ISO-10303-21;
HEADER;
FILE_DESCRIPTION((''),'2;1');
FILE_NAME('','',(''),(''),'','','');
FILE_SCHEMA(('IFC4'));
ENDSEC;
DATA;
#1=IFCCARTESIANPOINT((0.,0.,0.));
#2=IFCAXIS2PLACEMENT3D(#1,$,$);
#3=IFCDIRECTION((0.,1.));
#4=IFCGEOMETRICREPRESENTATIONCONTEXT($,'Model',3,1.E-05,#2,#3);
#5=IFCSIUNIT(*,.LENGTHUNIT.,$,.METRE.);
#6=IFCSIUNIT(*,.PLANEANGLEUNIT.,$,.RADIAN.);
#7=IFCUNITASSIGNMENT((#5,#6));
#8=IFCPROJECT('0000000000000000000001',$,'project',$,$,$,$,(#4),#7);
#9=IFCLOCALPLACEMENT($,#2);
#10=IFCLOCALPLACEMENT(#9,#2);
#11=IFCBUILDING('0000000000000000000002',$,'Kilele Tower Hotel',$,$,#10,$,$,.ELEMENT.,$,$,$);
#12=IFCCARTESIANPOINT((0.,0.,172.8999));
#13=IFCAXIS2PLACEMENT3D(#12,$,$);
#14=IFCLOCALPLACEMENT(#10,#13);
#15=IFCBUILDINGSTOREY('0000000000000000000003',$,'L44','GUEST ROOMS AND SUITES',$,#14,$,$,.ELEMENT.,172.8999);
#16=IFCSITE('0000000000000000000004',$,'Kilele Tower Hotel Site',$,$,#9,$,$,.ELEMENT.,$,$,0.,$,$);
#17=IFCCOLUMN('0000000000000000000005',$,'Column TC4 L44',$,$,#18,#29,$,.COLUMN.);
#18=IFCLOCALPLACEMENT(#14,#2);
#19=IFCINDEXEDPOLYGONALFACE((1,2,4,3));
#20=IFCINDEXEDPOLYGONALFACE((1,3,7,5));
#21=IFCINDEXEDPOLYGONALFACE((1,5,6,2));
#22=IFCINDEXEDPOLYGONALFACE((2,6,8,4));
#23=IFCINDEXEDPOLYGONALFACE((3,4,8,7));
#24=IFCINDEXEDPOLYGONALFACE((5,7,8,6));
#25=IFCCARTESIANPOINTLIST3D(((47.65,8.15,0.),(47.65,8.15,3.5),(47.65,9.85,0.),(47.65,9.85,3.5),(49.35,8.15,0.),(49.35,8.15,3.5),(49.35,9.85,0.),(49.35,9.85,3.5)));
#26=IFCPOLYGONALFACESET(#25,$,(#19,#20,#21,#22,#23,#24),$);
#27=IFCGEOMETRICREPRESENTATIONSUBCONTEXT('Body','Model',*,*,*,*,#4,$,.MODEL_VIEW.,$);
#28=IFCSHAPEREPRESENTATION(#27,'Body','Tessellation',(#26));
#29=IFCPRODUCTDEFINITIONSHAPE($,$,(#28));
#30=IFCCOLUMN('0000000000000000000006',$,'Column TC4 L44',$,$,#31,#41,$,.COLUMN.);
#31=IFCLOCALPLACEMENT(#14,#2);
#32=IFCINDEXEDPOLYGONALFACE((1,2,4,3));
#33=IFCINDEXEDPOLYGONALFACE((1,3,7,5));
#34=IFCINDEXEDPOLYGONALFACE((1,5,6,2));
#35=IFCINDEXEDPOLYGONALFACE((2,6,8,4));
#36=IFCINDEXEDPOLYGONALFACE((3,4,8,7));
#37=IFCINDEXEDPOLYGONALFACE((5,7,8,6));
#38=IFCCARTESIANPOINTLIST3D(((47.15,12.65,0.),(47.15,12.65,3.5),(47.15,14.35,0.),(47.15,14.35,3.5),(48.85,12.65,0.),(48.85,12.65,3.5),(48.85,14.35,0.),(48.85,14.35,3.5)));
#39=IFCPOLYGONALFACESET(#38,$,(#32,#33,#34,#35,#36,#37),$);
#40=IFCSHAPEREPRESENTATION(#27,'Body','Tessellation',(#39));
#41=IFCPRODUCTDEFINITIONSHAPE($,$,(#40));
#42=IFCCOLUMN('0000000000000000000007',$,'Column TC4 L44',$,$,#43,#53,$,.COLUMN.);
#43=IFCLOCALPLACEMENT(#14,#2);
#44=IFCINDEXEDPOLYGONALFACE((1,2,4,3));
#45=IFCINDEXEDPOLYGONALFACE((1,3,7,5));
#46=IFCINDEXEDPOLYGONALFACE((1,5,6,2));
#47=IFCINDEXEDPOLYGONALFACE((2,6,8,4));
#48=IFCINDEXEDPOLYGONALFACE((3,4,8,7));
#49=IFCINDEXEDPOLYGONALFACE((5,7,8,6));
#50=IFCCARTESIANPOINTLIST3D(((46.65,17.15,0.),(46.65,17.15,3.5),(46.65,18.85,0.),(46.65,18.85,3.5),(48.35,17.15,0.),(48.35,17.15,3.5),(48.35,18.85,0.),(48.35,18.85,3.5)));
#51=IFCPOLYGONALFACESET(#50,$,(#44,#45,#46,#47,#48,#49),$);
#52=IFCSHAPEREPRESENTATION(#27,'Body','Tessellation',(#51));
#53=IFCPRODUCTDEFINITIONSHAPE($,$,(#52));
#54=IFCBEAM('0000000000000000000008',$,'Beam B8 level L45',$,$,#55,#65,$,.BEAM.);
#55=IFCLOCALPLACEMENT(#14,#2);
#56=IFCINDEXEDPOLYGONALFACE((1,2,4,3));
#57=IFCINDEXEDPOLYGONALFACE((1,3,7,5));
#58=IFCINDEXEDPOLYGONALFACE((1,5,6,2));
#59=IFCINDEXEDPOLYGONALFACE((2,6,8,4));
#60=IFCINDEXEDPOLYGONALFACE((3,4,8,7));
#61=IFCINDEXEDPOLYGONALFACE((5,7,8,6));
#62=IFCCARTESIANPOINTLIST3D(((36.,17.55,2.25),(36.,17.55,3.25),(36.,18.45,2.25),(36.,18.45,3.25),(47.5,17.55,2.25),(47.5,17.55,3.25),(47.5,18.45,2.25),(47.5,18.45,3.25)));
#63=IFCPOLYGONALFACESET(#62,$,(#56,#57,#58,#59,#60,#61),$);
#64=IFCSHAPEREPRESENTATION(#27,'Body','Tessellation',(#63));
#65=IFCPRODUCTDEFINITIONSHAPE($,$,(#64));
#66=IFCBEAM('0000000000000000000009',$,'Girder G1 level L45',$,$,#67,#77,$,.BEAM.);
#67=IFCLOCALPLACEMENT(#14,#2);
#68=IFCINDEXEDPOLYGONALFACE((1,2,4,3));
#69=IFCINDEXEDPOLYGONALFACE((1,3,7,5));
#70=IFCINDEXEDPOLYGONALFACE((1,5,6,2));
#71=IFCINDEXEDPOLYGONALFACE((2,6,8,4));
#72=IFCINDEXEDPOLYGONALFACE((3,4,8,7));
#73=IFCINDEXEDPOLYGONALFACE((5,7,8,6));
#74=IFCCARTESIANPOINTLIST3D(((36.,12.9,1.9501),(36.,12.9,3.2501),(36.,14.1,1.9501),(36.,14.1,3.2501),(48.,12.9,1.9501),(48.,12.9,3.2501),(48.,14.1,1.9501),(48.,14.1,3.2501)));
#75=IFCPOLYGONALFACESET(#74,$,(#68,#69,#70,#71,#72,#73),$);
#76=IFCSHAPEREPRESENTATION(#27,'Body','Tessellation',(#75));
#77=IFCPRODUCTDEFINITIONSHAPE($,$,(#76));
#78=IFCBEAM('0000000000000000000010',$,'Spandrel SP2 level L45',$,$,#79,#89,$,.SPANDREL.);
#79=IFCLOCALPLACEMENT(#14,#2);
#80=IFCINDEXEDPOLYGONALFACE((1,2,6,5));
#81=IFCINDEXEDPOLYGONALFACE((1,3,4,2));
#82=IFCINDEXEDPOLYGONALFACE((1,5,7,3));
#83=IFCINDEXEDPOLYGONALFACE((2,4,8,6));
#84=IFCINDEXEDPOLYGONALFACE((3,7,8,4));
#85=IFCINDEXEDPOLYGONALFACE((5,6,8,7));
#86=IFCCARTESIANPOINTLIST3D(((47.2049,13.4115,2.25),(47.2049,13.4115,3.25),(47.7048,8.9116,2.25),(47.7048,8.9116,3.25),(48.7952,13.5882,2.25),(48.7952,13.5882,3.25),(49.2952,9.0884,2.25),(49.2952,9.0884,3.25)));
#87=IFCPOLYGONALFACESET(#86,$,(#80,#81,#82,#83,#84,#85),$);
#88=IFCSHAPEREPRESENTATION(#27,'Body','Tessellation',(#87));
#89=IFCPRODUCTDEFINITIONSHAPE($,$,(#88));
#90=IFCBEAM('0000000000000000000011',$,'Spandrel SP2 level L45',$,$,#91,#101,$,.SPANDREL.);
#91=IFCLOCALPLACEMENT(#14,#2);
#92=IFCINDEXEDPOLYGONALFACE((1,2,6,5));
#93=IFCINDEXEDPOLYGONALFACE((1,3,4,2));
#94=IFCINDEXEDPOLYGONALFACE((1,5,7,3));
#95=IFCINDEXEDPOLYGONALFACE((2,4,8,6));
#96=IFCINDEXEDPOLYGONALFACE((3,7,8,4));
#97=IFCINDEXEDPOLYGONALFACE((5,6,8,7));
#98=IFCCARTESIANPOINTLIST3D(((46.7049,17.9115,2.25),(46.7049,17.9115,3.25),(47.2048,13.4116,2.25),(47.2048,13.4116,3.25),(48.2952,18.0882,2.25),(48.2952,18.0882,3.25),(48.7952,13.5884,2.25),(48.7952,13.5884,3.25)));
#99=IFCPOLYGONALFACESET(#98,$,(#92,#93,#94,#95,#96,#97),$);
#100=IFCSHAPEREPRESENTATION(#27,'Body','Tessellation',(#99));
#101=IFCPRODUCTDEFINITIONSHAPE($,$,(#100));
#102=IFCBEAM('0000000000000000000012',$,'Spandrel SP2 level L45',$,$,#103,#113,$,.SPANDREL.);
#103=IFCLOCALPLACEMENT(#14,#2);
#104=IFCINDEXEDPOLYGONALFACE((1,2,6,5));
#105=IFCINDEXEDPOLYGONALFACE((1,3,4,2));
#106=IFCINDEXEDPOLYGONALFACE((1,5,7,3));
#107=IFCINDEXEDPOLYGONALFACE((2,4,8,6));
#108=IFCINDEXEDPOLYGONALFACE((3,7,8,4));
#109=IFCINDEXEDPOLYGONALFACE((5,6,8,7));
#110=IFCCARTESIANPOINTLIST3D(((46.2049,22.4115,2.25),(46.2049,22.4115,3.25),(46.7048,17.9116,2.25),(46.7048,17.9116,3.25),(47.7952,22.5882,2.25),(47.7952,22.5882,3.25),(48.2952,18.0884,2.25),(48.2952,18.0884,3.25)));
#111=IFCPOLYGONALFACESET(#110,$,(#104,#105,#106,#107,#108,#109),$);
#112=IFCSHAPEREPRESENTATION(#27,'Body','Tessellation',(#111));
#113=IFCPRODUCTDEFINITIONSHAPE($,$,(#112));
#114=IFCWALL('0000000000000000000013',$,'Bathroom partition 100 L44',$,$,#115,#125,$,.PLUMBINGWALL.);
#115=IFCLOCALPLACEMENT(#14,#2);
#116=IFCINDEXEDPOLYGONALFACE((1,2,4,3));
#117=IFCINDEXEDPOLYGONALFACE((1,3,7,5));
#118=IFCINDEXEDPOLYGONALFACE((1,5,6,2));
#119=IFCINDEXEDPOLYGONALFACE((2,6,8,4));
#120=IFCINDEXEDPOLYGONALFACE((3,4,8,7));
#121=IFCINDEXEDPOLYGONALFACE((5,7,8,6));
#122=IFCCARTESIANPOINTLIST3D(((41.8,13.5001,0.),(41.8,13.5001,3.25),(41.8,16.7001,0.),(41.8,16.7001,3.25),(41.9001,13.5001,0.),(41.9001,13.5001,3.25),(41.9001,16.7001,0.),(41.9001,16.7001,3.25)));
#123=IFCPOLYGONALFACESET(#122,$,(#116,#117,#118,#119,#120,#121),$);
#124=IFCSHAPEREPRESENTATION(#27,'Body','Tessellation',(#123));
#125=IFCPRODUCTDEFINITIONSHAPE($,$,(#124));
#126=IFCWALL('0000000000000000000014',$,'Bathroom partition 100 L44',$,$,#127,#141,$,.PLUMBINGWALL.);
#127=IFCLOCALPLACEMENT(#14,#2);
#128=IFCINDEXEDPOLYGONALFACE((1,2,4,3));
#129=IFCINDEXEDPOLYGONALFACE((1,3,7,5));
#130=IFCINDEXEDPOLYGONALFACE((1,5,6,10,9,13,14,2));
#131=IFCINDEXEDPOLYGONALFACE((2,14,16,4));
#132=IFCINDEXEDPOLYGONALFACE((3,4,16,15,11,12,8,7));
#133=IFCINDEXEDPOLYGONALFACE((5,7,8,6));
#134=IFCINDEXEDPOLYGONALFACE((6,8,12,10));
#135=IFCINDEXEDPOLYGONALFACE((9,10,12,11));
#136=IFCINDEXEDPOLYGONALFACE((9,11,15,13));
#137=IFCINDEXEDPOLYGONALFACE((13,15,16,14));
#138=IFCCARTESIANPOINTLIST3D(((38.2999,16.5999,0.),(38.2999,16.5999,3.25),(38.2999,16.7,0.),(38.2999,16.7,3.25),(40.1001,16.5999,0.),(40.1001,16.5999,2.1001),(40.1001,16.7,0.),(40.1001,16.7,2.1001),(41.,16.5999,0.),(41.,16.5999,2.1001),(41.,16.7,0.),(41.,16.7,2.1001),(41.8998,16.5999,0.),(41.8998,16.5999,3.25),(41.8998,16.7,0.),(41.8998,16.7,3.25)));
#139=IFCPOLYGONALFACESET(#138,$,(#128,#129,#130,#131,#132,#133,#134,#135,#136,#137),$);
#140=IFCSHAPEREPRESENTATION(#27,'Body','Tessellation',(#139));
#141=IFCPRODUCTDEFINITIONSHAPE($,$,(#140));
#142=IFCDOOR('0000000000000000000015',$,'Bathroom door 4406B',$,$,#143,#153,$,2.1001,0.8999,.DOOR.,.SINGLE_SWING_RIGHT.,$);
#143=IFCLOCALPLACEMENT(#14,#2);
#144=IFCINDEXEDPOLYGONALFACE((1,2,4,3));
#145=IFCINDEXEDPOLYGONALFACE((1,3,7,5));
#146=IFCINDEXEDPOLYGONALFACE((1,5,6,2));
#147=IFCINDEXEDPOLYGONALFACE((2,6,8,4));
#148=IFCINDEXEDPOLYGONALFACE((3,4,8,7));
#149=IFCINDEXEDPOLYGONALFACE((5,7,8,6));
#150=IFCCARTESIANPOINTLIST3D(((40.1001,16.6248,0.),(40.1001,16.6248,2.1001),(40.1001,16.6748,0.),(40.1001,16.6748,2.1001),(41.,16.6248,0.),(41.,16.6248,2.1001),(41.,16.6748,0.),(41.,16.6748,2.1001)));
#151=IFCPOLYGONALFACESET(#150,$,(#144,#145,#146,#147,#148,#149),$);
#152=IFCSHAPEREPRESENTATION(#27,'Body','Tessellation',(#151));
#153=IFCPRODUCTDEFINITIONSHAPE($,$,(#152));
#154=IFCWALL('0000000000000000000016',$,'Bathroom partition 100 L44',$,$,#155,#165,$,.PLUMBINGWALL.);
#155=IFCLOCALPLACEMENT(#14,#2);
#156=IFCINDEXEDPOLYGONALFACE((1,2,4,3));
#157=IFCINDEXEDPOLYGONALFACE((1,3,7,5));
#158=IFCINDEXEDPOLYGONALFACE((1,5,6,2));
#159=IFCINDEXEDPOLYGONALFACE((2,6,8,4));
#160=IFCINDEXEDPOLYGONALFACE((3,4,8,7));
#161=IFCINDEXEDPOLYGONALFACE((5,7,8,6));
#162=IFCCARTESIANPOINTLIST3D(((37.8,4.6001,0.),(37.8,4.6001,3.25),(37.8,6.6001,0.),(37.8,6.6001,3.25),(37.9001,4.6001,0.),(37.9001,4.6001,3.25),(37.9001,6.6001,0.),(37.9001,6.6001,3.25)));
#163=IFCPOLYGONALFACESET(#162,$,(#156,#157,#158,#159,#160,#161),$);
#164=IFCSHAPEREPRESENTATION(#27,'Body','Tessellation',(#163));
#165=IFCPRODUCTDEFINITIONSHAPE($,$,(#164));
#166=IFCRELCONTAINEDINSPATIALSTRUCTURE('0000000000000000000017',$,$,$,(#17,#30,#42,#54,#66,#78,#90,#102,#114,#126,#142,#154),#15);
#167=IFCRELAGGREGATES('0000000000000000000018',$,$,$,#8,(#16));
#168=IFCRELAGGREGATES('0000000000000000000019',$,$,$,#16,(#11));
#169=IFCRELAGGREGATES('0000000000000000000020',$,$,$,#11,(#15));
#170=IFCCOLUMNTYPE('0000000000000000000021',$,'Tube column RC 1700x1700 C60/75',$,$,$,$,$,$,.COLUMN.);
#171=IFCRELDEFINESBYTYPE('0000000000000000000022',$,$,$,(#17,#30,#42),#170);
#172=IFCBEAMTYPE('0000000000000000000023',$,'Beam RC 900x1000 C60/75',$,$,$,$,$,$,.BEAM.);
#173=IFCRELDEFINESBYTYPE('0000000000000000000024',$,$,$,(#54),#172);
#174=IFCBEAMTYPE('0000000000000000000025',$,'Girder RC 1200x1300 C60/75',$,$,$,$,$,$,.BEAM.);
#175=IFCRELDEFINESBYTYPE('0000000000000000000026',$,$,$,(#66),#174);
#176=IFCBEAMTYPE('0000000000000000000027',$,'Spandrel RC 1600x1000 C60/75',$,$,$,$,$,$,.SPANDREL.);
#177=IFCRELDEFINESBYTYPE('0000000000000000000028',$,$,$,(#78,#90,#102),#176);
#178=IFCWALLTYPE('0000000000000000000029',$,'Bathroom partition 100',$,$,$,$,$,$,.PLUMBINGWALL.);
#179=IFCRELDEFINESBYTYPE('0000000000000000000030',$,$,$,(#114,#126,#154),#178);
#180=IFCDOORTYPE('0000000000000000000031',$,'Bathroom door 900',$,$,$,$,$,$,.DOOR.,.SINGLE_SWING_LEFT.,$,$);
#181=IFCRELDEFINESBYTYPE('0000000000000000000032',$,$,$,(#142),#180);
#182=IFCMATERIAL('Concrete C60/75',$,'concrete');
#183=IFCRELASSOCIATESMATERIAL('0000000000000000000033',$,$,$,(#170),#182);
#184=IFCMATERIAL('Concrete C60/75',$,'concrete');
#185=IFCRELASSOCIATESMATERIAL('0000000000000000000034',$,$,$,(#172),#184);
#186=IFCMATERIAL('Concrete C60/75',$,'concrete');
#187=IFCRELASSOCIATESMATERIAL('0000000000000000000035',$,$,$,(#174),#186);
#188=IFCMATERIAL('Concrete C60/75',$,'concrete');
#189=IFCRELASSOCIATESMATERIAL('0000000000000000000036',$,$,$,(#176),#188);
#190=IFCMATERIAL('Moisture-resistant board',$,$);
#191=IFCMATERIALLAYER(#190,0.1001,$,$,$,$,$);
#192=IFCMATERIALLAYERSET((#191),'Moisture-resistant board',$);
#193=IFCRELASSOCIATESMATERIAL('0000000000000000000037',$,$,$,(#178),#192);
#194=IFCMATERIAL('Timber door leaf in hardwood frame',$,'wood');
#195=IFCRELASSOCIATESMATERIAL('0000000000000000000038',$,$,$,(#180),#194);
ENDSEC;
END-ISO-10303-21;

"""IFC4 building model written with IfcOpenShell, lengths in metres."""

from ifc_helpers import new_model, si_unit, direction, frame, frame_2d, origin, origin_2d, place, context, subcontext, project, spatial, rectangle, extrude, material, layer, layer_set, material_profile, profile_set, type_object, element, fill, save


model = new_model("IFC4")

# Units and contexts
model_context = context("Model", 3, precision=1e-05, world=origin(), true_north=direction((0.0, 1.0)))
body_context = subcontext(model_context, "Body", "Model", "MODEL_VIEW")
ifc_project = project(units=[si_unit("LENGTHUNIT", "METRE"), si_unit("PLANEANGLEUNIT", "RADIAN")], contexts=[model_context])

# Site, building, storey
site_placement = place(None, origin())
site = spatial("IfcSite", under=ifc_project, at=site_placement, Name="Kilele Tower Hotel Site", CompositionType="ELEMENT", RefElevation=0.0)
building_placement = place(site_placement, origin())
building = spatial("IfcBuilding", under=site, at=building_placement, Name="Kilele Tower Hotel", CompositionType="ELEMENT")
storey_placement = place(building_placement, frame((0.0, 0.0, 172.8999)))
storey = spatial("IfcBuildingStorey", under=building, at=storey_placement, Name="L44", Description="GUEST ROOMS AND SUITES", CompositionType="ELEMENT", Elevation=172.8999)

# Columns
ifc_material_1 = material(Name="Concrete C60/75", Category="concrete")
ifc_material_profile_1 = material_profile(ifc_material_1, rectangle(XDim=1.7, YDim=1.7, at=origin_2d()))
ifc_profile_set_1 = profile_set([ifc_material_profile_1], Name="Concrete C60/75")
column_type = type_object("IfcColumnType", Name="Tube column RC 1700x1700 C60/75", PredefinedType="COLUMN", material=ifc_profile_set_1)
for number, where, z_axis, x_axis, name in (
    (1, (48.5, 9.0, 0.0), (0.0, 0.0, 1.0), (1.0, 0.0, 0.0), "Column TC4 L44"),
    (2, (48.0, 13.5, 0.0), (0.0, 0.0, 1.0), (1.0, 0.0, 0.0), "Column TC4 L44"),
    (3, (47.5, 18.0, 0.0), (0.0, 0.0, 1.0), (1.0, 0.0, 0.0), "Column TC4 L44"),
):
    element("IfcColumn", number, at=place(storey_placement, frame(where, z_axis=z_axis, x_axis=x_axis)), inside=storey, type_object=column_type, Name=name, PredefinedType="COLUMN", context=body_context, shape_type="SweptSolid", body=[
        extrude(rectangle(XDim=1.7, YDim=1.7, at=origin_2d()), origin(), (0.0, 0.0, 1.0), 3.5),
    ])

# Beams
ifc_material_2 = material(Name="Concrete C60/75", Category="concrete")
ifc_material_profile_2 = material_profile(ifc_material_2, rectangle(XDim=0.8999, YDim=1.0, at=origin_2d()))
ifc_profile_set_2 = profile_set([ifc_material_profile_2], Name="Concrete C60/75")
beam_type_1 = type_object("IfcBeamType", Name="Beam RC 900x1000 C60/75", PredefinedType="BEAM", material=ifc_profile_set_2)
beam_1_placement = place(storey_placement, frame((47.5, 18.0, 2.75), z_axis=(-1.0, 0.0, 0.0), x_axis=(0.0, -1.0, 0.0)))
element("IfcBeam", 4, at=beam_1_placement, inside=storey, type_object=beam_type_1, Name="Beam B8 level L45", PredefinedType="BEAM", context=body_context, shape_type="SweptSolid", body=[
    extrude(rectangle(XDim=0.8999, YDim=1.0, at=origin_2d()), origin(), (0.0, 0.0, 1.0), 11.5),
])
ifc_material_3 = material(Name="Concrete C60/75", Category="concrete")
ifc_material_profile_3 = material_profile(ifc_material_3, rectangle(XDim=1.2, YDim=1.3, at=origin_2d()))
ifc_profile_set_3 = profile_set([ifc_material_profile_3], Name="Concrete C60/75")
beam_type_2 = type_object("IfcBeamType", Name="Girder RC 1200x1300 C60/75", PredefinedType="BEAM", material=ifc_profile_set_3)
beam_2_placement = place(storey_placement, frame((48.0, 13.5, 2.6001), z_axis=(-1.0, 0.0, 0.0), x_axis=(0.0, -1.0, 0.0)))
element("IfcBeam", 5, at=beam_2_placement, inside=storey, type_object=beam_type_2, Name="Girder G1 level L45", PredefinedType="BEAM", context=body_context, shape_type="SweptSolid", body=[
    extrude(rectangle(XDim=1.2, YDim=1.3, at=origin_2d()), origin(), (0.0, 0.0, 1.0), 12.0),
])
ifc_material_4 = material(Name="Concrete C60/75", Category="concrete")
ifc_material_profile_4 = material_profile(ifc_material_4, rectangle(XDim=1.6001, YDim=1.0, at=origin_2d()))
ifc_profile_set_4 = profile_set([ifc_material_profile_4], Name="Concrete C60/75")
beam_type_3 = type_object("IfcBeamType", Name="Spandrel RC 1600x1000 C60/75", PredefinedType="SPANDREL", material=ifc_profile_set_4)
for number, where, z_axis, x_axis, name in (
    (6, (48.5, 9.0, 2.75), (-0.110432, 0.993884, 0.0), (-0.993884, -0.110432, 0.0), "Spandrel SP2 level L45"),
    (7, (48.0, 13.5, 2.75), (-0.110432, 0.993884, 0.0), (-0.993884, -0.110432, 0.0), "Spandrel SP2 level L45"),
    (8, (47.5, 18.0, 2.75), (-0.110432, 0.993884, 0.0), (-0.993884, -0.110432, 0.0), "Spandrel SP2 level L45"),
):
    element("IfcBeam", number, at=place(storey_placement, frame(where, z_axis=z_axis, x_axis=x_axis)), inside=storey, type_object=beam_type_3, Name=name, PredefinedType="SPANDREL", context=body_context, shape_type="SweptSolid", body=[
        extrude(rectangle(XDim=1.6001, YDim=1.0, at=origin_2d()), origin(), (0.0, 0.0, 1.0), 4.5276),
    ])

# Wall
ifc_material_5 = material(Name="Moisture-resistant board")
ifc_layer_1 = layer(ifc_material_5, 0.1001)
ifc_layer_set_1 = layer_set([ifc_layer_1], Name="Moisture-resistant board")
wall_type_1 = type_object("IfcWallType", Name="Bathroom partition 100", PredefinedType="PLUMBINGWALL", material=ifc_layer_set_1)
wall_1_placement = place(storey_placement, frame((41.8501, 13.5, 0.0), z_axis=(0.0, 0.0, 1.0), x_axis=(0.0, 1.0, 0.0)))
element("IfcWall", 9, at=wall_1_placement, inside=storey, type_object=wall_type_1, Name="Bathroom partition 100 L44", PredefinedType="PLUMBINGWALL", context=body_context, shape_type="SweptSolid", body=[
    extrude(rectangle(XDim=3.2, YDim=0.1001, at=frame_2d((1.6001, 0.0))), origin(), (0.0, 0.0, 1.0), 3.25),
])

# Wall, opening, door
wall_2_placement = place(storey_placement, frame((38.3, 16.6499, 0.0), z_axis=(0.0, 0.0, 1.0), x_axis=(1.0, 0.0, 0.0)))
wall_2 = element("IfcWall", 10, at=wall_2_placement, inside=storey, type_object=wall_type_1, Name="Bathroom partition 100 L44", PredefinedType="PLUMBINGWALL", context=body_context, shape_type="SweptSolid", body=[
    extrude(rectangle(XDim=3.5999, YDim=0.1001, at=frame_2d((1.7998, 0.0))), origin(), (0.0, 0.0, 1.0), 3.25),
])
opening_1_placement = place(wall_2_placement, frame((1.8, 0.0, 0.0)))
opening_1 = element("IfcOpeningElement", 11, at=opening_1_placement, cuts=wall_2, PredefinedType="OPENING", context=body_context, shape_type="SweptSolid", body=[
    extrude(rectangle(XDim=0.8999, YDim=2.1001, at=frame_2d((0.45, 1.05))), frame((0.0, 0.0601, 0.0), z_axis=(0.0, -1.0, 0.0), x_axis=(1.0, 0.0, 0.0)), (0.0, 0.0, 1.0), 0.1201),
])
ifc_material_6 = material(Name="Timber door leaf in hardwood frame", Category="wood")
door_type_1 = type_object("IfcDoorType", Name="Bathroom door 900", OperationType="SINGLE_SWING_LEFT", PredefinedType="DOOR", material=ifc_material_6)
door_1_placement = place(opening_1_placement, origin())
door_1 = element("IfcDoor", 12, at=door_1_placement, inside=storey, type_object=door_type_1, Name="Bathroom door 4406B", OperationType="SINGLE_SWING_RIGHT", OverallHeight=2.1001, OverallWidth=0.8999, PredefinedType="DOOR", context=body_context, shape_type="SweptSolid", body=[
    extrude(rectangle(XDim=0.8999, YDim=2.1001, at=frame_2d((0.45, 1.05))), frame((0.0, 0.0249, 0.0), z_axis=(0.0, -1.0, 0.0), x_axis=(1.0, 0.0, 0.0)), (0.0, 0.0, 1.0), 0.05),
])
fill(opening_1, door_1)

# Wall
wall_3_placement = place(storey_placement, frame((37.8501, 4.6001, 0.0), z_axis=(0.0, 0.0, 1.0), x_axis=(0.0, 1.0, 0.0)))
element("IfcWall", 13, at=wall_3_placement, inside=storey, type_object=wall_type_1, Name="Bathroom partition 100 L44", PredefinedType="PLUMBINGWALL", context=body_context, shape_type="SweptSolid", body=[
    extrude(rectangle(XDim=2.0, YDim=0.1001, at=frame_2d((1.0, 0.0))), origin(), (0.0, 0.0, 1.0), 3.25),
])

save(model, "model.ifc")
